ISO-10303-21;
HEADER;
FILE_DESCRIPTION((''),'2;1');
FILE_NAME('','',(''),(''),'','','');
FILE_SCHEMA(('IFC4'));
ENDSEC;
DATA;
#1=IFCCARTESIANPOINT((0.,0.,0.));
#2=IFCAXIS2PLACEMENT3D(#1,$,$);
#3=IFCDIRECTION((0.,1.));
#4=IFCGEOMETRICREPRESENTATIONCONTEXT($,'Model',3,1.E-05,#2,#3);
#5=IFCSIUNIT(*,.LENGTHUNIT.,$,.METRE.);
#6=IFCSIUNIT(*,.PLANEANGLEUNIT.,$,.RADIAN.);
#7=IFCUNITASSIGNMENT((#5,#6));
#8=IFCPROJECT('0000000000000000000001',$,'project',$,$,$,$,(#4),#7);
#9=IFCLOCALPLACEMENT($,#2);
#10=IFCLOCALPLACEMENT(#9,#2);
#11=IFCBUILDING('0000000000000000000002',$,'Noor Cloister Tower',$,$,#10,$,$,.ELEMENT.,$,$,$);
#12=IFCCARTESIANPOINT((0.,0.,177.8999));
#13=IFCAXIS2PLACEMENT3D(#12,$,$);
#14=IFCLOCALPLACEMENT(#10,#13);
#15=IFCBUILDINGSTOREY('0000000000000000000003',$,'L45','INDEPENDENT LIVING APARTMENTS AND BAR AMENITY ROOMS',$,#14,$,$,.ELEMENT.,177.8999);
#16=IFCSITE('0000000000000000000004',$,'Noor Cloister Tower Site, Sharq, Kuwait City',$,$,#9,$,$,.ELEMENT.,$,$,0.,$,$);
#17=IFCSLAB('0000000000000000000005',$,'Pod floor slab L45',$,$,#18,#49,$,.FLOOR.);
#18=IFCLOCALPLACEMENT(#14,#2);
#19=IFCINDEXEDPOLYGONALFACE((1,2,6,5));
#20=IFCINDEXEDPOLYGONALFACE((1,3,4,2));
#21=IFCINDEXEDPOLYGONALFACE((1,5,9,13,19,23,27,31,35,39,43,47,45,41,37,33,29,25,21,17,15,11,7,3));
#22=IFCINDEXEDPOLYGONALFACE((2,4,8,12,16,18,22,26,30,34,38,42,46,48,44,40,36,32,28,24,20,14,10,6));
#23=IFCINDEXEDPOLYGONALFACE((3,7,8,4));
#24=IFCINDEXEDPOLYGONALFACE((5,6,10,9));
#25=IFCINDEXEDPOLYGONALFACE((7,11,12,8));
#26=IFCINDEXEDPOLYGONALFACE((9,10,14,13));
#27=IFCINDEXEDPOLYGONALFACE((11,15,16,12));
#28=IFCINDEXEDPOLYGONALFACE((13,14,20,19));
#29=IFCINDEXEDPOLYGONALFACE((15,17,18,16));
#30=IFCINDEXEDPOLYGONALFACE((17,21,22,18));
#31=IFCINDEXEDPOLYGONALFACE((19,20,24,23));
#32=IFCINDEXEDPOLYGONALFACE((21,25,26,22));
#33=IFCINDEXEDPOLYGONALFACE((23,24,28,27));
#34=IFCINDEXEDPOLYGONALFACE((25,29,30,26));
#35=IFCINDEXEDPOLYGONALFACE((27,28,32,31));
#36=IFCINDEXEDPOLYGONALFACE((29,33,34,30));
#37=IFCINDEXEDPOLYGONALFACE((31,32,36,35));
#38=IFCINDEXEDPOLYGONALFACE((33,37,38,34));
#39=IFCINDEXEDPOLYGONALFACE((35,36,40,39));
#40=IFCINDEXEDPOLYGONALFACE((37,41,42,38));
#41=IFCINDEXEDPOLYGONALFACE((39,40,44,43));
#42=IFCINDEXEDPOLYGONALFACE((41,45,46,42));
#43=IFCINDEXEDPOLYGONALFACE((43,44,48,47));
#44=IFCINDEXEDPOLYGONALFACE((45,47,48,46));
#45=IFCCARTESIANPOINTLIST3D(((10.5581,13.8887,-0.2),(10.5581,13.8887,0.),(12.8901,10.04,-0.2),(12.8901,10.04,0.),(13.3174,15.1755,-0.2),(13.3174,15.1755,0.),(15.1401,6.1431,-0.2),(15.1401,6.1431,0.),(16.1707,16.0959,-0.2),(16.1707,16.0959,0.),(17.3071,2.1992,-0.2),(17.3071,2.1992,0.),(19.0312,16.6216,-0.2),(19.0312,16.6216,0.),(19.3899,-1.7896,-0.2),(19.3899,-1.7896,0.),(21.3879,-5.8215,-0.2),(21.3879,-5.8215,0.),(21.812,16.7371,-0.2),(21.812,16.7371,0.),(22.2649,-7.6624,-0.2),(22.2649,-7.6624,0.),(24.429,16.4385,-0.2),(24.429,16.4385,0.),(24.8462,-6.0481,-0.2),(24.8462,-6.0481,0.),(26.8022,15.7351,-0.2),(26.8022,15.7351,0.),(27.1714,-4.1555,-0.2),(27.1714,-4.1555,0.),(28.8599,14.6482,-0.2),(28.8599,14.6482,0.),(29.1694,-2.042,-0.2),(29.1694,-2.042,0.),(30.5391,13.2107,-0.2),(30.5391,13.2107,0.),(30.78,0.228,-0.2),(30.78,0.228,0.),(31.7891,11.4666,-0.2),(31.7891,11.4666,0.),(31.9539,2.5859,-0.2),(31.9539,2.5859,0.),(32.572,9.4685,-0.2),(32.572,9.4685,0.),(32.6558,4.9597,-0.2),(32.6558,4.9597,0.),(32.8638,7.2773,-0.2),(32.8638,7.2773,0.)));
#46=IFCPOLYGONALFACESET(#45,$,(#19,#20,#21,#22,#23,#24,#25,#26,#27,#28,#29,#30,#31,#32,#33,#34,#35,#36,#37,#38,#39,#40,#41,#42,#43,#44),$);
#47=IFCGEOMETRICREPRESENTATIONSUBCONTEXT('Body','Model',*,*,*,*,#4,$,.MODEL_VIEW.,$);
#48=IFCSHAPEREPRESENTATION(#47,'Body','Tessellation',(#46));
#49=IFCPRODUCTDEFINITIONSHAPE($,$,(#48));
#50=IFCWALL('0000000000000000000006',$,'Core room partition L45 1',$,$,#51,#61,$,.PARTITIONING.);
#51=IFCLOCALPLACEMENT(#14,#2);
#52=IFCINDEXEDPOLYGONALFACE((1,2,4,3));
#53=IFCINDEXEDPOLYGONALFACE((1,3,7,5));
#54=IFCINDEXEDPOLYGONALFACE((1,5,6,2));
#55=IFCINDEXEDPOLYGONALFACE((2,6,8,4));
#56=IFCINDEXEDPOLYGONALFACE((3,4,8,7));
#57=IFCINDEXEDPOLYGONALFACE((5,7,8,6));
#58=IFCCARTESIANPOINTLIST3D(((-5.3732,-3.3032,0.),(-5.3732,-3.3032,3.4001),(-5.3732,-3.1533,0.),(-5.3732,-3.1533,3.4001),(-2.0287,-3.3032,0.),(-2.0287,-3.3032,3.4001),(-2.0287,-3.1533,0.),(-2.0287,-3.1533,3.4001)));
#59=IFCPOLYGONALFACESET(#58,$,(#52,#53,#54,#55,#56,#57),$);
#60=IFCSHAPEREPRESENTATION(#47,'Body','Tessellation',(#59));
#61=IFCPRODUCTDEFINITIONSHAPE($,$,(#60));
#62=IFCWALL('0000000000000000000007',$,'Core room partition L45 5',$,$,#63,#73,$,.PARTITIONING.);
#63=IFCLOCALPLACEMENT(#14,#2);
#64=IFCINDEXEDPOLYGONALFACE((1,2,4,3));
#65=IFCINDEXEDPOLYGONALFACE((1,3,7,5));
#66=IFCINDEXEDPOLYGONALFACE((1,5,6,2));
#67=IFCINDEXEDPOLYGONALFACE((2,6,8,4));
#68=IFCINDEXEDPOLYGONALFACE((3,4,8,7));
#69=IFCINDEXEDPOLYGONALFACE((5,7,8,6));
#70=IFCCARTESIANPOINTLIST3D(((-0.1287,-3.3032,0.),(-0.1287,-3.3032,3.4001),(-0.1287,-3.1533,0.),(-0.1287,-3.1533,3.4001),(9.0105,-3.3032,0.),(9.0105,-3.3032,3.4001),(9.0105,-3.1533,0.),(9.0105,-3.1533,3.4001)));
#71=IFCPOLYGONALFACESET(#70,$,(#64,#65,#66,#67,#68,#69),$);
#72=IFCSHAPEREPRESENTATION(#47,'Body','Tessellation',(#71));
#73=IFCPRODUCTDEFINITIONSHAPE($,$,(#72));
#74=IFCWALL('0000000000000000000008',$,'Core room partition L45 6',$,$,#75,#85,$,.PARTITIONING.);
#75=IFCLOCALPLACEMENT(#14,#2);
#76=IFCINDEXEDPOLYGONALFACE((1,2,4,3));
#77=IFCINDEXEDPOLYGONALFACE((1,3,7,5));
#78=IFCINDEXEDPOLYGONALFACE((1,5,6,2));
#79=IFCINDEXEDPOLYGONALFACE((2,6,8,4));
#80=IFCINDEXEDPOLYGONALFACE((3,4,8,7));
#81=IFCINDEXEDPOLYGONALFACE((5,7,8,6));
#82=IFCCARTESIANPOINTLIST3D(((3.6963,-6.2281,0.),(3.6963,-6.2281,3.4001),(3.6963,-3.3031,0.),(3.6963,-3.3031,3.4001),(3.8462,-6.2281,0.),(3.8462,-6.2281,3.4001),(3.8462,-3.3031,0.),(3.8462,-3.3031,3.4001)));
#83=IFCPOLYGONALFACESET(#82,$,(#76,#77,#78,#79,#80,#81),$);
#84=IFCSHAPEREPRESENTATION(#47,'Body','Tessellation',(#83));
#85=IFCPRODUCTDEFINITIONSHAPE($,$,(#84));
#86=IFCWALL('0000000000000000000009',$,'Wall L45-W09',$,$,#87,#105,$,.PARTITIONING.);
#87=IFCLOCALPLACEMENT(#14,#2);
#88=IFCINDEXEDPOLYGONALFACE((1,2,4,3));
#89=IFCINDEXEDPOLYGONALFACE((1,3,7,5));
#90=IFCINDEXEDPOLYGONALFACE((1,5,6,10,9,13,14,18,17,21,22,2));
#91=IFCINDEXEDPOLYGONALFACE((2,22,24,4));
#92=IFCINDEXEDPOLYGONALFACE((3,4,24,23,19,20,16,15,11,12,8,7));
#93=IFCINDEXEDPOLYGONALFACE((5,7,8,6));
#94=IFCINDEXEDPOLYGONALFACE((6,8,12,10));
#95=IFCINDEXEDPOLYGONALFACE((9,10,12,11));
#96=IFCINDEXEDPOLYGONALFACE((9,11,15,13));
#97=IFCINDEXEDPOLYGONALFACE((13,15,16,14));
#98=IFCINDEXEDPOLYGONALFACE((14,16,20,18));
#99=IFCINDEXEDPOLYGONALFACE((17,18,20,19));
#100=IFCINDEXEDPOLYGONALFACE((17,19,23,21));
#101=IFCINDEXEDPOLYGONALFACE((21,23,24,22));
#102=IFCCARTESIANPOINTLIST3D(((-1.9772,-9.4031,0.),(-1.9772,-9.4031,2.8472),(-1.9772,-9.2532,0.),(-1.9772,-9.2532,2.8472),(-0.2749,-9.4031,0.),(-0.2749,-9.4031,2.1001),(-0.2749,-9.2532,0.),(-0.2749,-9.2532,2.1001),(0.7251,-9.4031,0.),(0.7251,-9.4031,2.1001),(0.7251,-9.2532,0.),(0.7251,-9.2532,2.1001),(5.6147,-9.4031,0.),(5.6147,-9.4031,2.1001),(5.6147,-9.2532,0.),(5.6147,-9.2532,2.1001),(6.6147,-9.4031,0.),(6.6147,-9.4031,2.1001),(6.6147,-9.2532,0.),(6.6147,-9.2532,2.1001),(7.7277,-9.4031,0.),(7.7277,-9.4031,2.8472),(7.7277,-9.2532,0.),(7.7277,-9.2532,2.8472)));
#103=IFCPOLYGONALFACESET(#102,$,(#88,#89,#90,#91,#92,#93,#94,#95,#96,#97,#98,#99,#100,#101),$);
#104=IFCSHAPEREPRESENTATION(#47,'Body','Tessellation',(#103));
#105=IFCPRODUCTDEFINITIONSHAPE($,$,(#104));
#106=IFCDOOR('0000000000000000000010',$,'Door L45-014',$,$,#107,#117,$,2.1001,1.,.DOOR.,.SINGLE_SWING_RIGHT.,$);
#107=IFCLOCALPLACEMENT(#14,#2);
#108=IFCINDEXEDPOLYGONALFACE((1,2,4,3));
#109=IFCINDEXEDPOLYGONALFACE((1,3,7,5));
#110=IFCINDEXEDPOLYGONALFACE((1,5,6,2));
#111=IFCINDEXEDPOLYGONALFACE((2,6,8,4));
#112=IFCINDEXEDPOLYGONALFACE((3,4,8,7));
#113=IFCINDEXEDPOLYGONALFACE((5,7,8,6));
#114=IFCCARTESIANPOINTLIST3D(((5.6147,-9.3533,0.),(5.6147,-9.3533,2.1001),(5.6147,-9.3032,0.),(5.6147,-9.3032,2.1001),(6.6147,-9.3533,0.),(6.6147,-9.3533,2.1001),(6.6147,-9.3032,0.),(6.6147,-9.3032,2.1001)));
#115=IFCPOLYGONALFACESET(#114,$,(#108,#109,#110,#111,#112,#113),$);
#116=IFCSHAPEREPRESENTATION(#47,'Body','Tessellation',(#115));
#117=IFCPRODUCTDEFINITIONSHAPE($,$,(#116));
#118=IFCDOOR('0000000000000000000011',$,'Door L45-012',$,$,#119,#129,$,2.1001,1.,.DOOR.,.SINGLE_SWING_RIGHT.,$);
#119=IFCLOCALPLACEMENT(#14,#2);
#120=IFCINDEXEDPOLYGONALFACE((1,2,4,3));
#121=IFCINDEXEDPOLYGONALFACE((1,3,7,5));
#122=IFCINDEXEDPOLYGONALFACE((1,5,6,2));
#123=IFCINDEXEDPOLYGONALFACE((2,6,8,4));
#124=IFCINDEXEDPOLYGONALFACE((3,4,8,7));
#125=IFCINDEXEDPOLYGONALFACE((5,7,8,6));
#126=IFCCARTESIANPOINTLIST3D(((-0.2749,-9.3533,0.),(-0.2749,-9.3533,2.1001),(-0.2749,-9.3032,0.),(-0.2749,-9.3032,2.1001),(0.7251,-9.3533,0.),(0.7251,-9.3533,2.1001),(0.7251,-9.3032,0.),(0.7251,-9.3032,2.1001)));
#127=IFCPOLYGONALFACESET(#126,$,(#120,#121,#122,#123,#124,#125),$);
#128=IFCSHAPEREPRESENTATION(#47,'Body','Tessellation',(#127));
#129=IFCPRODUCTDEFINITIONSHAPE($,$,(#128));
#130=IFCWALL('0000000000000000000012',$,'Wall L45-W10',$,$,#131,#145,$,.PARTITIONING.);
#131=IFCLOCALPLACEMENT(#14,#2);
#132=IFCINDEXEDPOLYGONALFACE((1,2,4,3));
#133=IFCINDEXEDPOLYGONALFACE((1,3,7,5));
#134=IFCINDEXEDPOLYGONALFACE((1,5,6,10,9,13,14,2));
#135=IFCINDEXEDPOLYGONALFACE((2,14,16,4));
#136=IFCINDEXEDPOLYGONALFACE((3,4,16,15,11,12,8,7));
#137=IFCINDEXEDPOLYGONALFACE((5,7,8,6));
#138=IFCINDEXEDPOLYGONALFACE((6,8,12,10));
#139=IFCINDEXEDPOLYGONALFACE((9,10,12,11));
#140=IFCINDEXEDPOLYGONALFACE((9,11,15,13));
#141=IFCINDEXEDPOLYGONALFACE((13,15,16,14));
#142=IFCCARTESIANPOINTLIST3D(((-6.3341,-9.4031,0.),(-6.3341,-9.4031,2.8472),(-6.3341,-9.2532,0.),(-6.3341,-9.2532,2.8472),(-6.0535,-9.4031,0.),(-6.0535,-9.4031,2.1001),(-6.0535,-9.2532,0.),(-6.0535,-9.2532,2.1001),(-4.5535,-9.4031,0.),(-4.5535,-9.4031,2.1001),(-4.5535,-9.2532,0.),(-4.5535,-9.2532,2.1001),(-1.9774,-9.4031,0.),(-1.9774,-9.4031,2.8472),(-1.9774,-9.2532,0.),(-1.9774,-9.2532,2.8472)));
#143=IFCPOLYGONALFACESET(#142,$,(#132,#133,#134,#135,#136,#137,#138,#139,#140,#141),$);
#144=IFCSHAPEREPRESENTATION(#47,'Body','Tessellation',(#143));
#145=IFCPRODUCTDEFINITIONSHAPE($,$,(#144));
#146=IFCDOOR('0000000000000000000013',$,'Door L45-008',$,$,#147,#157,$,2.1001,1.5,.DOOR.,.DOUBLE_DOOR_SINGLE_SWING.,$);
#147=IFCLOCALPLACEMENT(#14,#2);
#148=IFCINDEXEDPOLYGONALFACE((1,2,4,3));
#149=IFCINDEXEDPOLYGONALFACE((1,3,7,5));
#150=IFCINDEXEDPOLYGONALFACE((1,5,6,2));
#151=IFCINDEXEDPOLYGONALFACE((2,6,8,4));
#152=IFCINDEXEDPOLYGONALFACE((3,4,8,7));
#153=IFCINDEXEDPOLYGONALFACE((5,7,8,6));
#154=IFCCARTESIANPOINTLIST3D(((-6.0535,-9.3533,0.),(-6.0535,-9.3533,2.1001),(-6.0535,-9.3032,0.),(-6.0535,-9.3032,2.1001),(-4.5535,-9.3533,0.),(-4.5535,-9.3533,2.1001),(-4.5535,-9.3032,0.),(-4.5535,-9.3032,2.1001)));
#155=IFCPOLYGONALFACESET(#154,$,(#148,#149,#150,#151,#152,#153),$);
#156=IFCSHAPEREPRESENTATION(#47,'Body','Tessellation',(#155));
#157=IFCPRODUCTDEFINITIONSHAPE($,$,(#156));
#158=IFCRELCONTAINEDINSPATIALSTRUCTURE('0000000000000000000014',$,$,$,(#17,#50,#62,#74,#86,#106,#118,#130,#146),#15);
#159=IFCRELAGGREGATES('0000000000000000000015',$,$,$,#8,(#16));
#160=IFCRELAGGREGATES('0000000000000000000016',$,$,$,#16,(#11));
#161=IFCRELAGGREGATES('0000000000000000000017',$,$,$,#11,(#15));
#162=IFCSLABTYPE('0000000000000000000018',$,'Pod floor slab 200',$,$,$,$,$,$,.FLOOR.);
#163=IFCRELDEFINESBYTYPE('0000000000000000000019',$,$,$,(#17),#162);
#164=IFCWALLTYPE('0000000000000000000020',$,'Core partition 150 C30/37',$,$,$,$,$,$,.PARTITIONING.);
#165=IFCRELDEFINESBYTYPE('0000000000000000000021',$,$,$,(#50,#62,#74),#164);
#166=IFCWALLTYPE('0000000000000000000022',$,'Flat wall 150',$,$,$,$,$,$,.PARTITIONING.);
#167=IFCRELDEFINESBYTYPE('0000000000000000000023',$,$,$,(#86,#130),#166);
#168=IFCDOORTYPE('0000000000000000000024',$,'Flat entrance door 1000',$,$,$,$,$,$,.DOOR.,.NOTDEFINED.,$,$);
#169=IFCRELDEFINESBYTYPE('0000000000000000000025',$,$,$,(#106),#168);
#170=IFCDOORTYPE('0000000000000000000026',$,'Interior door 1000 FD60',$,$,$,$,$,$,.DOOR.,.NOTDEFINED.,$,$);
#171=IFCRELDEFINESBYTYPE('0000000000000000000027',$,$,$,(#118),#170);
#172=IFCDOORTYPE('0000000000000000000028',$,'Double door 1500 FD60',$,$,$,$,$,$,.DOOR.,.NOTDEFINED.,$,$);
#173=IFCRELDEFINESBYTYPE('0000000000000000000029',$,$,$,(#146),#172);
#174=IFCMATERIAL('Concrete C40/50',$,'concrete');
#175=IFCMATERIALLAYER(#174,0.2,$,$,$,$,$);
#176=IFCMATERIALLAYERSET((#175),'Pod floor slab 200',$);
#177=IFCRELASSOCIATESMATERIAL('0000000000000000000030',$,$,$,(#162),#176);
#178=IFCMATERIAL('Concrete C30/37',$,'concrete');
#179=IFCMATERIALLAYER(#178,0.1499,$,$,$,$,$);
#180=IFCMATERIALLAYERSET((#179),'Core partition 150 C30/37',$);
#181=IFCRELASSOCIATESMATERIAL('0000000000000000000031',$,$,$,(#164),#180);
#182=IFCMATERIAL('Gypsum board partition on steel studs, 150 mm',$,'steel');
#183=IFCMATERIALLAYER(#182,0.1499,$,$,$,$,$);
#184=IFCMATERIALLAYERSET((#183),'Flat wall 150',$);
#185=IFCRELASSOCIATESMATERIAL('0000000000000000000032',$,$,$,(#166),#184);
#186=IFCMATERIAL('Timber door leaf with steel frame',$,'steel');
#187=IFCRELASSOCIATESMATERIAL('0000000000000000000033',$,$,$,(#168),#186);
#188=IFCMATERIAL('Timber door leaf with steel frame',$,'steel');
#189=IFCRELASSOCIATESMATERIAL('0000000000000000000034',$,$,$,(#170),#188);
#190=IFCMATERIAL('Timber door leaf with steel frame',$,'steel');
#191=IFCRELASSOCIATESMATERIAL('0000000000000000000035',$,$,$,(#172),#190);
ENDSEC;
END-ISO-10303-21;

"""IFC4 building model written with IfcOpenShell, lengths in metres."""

from ifc_helpers import new_model, si_unit, direction, frame, frame_2d, origin, place, context, subcontext, project, spatial, polyline, rectangle, outline, extrude, material, layer, layer_set, type_object, element, fill, save


model = new_model("IFC4")

# Units and contexts
model_context = context("Model", 3, precision=1e-05, world=origin(), true_north=direction((0.0, 1.0)))
body_context = subcontext(model_context, "Body", "Model", "MODEL_VIEW")
ifc_project = project(units=[si_unit("LENGTHUNIT", "METRE"), si_unit("PLANEANGLEUNIT", "RADIAN")], contexts=[model_context])

# Site, building, storey
site_placement = place(None, origin())
site = spatial("IfcSite", under=ifc_project, at=site_placement, Name="Noor Cloister Tower Site, Sharq, Kuwait City", CompositionType="ELEMENT", RefElevation=0.0)
building_placement = place(site_placement, origin())
building = spatial("IfcBuilding", under=site, at=building_placement, Name="Noor Cloister Tower", CompositionType="ELEMENT")
storey_placement = place(building_placement, frame((0.0, 0.0, 177.8999)))
storey = spatial("IfcBuildingStorey", under=building, at=storey_placement, Name="L45", Description="INDEPENDENT LIVING APARTMENTS AND BAR AMENITY ROOMS", CompositionType="ELEMENT", Elevation=177.8999)

# Slab
ifc_material_1 = material(Name="Concrete C40/50", Category="concrete")
ifc_layer_1 = layer(ifc_material_1, 0.2)
ifc_layer_set_1 = layer_set([ifc_layer_1], Name="Pod floor slab 200")
slab_type_1 = type_object("IfcSlabType", Name="Pod floor slab 200", PredefinedType="FLOOR", material=ifc_layer_set_1)
slab_1_placement = place(storey_placement, frame((0.0, 0.0, -0.2)))
element("IfcSlab", 1, at=slab_1_placement, inside=storey, type_object=slab_type_1, Name="Pod floor slab L45", PredefinedType="FLOOR", context=body_context, shape_type="SweptSolid", body=[
    extrude(outline(polyline([(22.2649, -7.6624), (24.8462, -6.0481), (27.1714, -4.1555), (29.1694, -2.042), (30.78, 0.228), (31.9539, 2.5859), (32.6558, 4.9597), (32.8638, 7.2773), (32.572, 9.4685), (31.7891, 11.4666), (30.5391, 13.2107), (28.8599, 14.6482), (26.8022, 15.7351), (24.429, 16.4385), (21.812, 16.7371), (19.0312, 16.6216), (16.1707, 16.0959), (13.3174, 15.1755), (10.5581, 13.8887), (12.8901, 10.04), (15.1401, 6.1431), (17.3071, 2.1992), (19.3899, -1.7896), (21.3879, -5.8215), (22.2649, -7.6624)])), origin(), (0.0, 0.0, 1.0), 0.2),
])

# Walls
ifc_material_2 = material(Name="Concrete C30/37", Category="concrete")
ifc_layer_2 = layer(ifc_material_2, 0.1499)
ifc_layer_set_2 = layer_set([ifc_layer_2], Name="Core partition 150 C30/37")
wall_type_1 = type_object("IfcWallType", Name="Core partition 150 C30/37", PredefinedType="PARTITIONING", material=ifc_layer_set_2)
wall_1_placement = place(storey_placement, frame((-5.3733, -3.2283, 0.0), z_axis=(0.0, 0.0, 1.0), x_axis=(1.0, 0.0, 0.0)))
element("IfcWall", 2, at=wall_1_placement, inside=storey, type_object=wall_type_1, Name="Core room partition L45 1", PredefinedType="PARTITIONING", context=body_context, shape_type="SweptSolid", body=[
    extrude(rectangle(XDim=3.3445, YDim=0.1499, at=frame_2d((1.6724, 0.0))), origin(), (0.0, 0.0, 1.0), 3.4001),
])
wall_2_placement = place(storey_placement, frame((-0.1287, -3.2283, 0.0), z_axis=(0.0, 0.0, 1.0), x_axis=(1.0, 0.0, 0.0)))
element("IfcWall", 3, at=wall_2_placement, inside=storey, type_object=wall_type_1, Name="Core room partition L45 5", PredefinedType="PARTITIONING", context=body_context, shape_type="SweptSolid", body=[
    extrude(rectangle(XDim=9.1392, YDim=0.1499, at=frame_2d((4.5696, 0.0))), origin(), (0.0, 0.0, 1.0), 3.4001),
])
wall_3_placement = place(storey_placement, frame((3.7712, -3.3032, 0.0), z_axis=(0.0, 0.0, 1.0), x_axis=(0.0, -1.0, 0.0)))
element("IfcWall", 4, at=wall_3_placement, inside=storey, type_object=wall_type_1, Name="Core room partition L45 6", PredefinedType="PARTITIONING", context=body_context, shape_type="SweptSolid", body=[
    extrude(rectangle(XDim=2.925, YDim=0.1499, at=frame_2d((1.4624, 0.0))), origin(), (0.0, 0.0, 1.0), 3.4001),
])

# Wall, openings, doors
ifc_material_3 = material(Name="Gypsum board partition on steel studs, 150 mm", Category="steel")
ifc_layer_3 = layer(ifc_material_3, 0.1499)
ifc_layer_set_3 = layer_set([ifc_layer_3], Name="Flat wall 150")
wall_type_2 = type_object("IfcWallType", Name="Flat wall 150", PredefinedType="PARTITIONING", material=ifc_layer_set_3)
wall_4_placement = place(storey_placement, frame((-1.9773, -9.3281, 0.0), z_axis=(0.0, 0.0, 1.0), x_axis=(1.0, 0.0, 0.0)))
wall_4 = element("IfcWall", 5, at=wall_4_placement, inside=storey, type_object=wall_type_2, Name="Wall L45-W09", PredefinedType="PARTITIONING", context=body_context, shape_type="SweptSolid", body=[
    extrude(rectangle(XDim=9.7048, YDim=0.1499, at=frame_2d((4.8525, 0.0))), origin(), (0.0, 0.0, 1.0), 2.8472),
])
opening_1_placement = place(wall_4_placement, frame((1.7024, 0.0, 0.0)))
opening_1 = element("IfcOpeningElement", 6, at=opening_1_placement, cuts=wall_4, PredefinedType="OPENING", context=body_context, shape_type="SweptSolid", body=[
    extrude(rectangle(XDim=1.0, YDim=2.1001, at=frame_2d((0.5, 1.05))), frame((0.0, 0.085, 0.0), z_axis=(0.0, -1.0, 0.0), x_axis=(1.0, 0.0, 0.0)), (0.0, 0.0, 1.0), 0.1699),
])
opening_2_placement = place(wall_4_placement, frame((7.592, 0.0, 0.0)))
opening_2 = element("IfcOpeningElement", 7, at=opening_2_placement, cuts=wall_4, PredefinedType="OPENING", context=body_context, shape_type="SweptSolid", body=[
    extrude(rectangle(XDim=1.0, YDim=2.1001, at=frame_2d((0.5, 1.05))), frame((0.0, 0.085, 0.0), z_axis=(0.0, -1.0, 0.0), x_axis=(1.0, 0.0, 0.0)), (0.0, 0.0, 1.0), 0.1699),
])
ifc_material_4 = material(Name="Timber door leaf with steel frame", Category="steel")
door_type_1 = type_object("IfcDoorType", Name="Flat entrance door 1000", OperationType="NOTDEFINED", PredefinedType="DOOR", material=ifc_material_4)
door_1_placement = place(opening_2_placement, origin())
door_1 = element("IfcDoor", 8, at=door_1_placement, inside=storey, type_object=door_type_1, Name="Door L45-014", OperationType="SINGLE_SWING_RIGHT", OverallHeight=2.1001, OverallWidth=1.0, PredefinedType="DOOR", context=body_context, shape_type="SweptSolid", body=[
    extrude(rectangle(XDim=1.0, YDim=2.1001, at=frame_2d((0.5, 1.05))), frame((0.0, 0.0249, 0.0), z_axis=(0.0, -1.0, 0.0), x_axis=(1.0, 0.0, 0.0)), (0.0, 0.0, 1.0), 0.05),
])
fill(opening_2, door_1)
ifc_material_5 = material(Name="Timber door leaf with steel frame", Category="steel")
door_type_2 = type_object("IfcDoorType", Name="Interior door 1000 FD60", OperationType="NOTDEFINED", PredefinedType="DOOR", material=ifc_material_5)
door_2_placement = place(opening_1_placement, origin())
door_2 = element("IfcDoor", 9, at=door_2_placement, inside=storey, type_object=door_type_2, Name="Door L45-012", OperationType="SINGLE_SWING_RIGHT", OverallHeight=2.1001, OverallWidth=1.0, PredefinedType="DOOR", context=body_context, shape_type="SweptSolid", body=[
    extrude(rectangle(XDim=1.0, YDim=2.1001, at=frame_2d((0.5, 1.05))), frame((0.0, 0.0249, 0.0), z_axis=(0.0, -1.0, 0.0), x_axis=(1.0, 0.0, 0.0)), (0.0, 0.0, 1.0), 0.05),
])
fill(opening_1, door_2)

# Wall, opening, door
wall_5_placement = place(storey_placement, frame((-6.334, -9.3281, 0.0), z_axis=(0.0, 0.0, 1.0), x_axis=(1.0, 0.0, 0.0)))
wall_5 = element("IfcWall", 10, at=wall_5_placement, inside=storey, type_object=wall_type_2, Name="Wall L45-W10", PredefinedType="PARTITIONING", context=body_context, shape_type="SweptSolid", body=[
    extrude(rectangle(XDim=4.3567, YDim=0.1499, at=frame_2d((2.1782, 0.0))), origin(), (0.0, 0.0, 1.0), 2.8472),
])
opening_3_placement = place(wall_5_placement, frame((0.2805, 0.0, 0.0)))
opening_3 = element("IfcOpeningElement", 11, at=opening_3_placement, cuts=wall_5, PredefinedType="OPENING", context=body_context, shape_type="SweptSolid", body=[
    extrude(rectangle(XDim=1.5, YDim=2.1001, at=frame_2d((0.75, 1.05))), frame((0.0, 0.085, 0.0), z_axis=(0.0, -1.0, 0.0), x_axis=(1.0, 0.0, 0.0)), (0.0, 0.0, 1.0), 0.1699),
])
ifc_material_6 = material(Name="Timber door leaf with steel frame", Category="steel")
door_type_3 = type_object("IfcDoorType", Name="Double door 1500 FD60", OperationType="NOTDEFINED", PredefinedType="DOOR", material=ifc_material_6)
door_3_placement = place(opening_3_placement, origin())
door_3 = element("IfcDoor", 12, at=door_3_placement, inside=storey, type_object=door_type_3, Name="Door L45-008", OperationType="DOUBLE_DOOR_SINGLE_SWING", OverallHeight=2.1001, OverallWidth=1.5, PredefinedType="DOOR", context=body_context, shape_type="SweptSolid", body=[
    extrude(rectangle(XDim=1.5, YDim=2.1001, at=frame_2d((0.75, 1.05))), frame((0.0, 0.0249, 0.0), z_axis=(0.0, -1.0, 0.0), x_axis=(1.0, 0.0, 0.0)), (0.0, 0.0, 1.0), 0.05),
])
fill(opening_3, door_3)

save(model, "model.ifc")
